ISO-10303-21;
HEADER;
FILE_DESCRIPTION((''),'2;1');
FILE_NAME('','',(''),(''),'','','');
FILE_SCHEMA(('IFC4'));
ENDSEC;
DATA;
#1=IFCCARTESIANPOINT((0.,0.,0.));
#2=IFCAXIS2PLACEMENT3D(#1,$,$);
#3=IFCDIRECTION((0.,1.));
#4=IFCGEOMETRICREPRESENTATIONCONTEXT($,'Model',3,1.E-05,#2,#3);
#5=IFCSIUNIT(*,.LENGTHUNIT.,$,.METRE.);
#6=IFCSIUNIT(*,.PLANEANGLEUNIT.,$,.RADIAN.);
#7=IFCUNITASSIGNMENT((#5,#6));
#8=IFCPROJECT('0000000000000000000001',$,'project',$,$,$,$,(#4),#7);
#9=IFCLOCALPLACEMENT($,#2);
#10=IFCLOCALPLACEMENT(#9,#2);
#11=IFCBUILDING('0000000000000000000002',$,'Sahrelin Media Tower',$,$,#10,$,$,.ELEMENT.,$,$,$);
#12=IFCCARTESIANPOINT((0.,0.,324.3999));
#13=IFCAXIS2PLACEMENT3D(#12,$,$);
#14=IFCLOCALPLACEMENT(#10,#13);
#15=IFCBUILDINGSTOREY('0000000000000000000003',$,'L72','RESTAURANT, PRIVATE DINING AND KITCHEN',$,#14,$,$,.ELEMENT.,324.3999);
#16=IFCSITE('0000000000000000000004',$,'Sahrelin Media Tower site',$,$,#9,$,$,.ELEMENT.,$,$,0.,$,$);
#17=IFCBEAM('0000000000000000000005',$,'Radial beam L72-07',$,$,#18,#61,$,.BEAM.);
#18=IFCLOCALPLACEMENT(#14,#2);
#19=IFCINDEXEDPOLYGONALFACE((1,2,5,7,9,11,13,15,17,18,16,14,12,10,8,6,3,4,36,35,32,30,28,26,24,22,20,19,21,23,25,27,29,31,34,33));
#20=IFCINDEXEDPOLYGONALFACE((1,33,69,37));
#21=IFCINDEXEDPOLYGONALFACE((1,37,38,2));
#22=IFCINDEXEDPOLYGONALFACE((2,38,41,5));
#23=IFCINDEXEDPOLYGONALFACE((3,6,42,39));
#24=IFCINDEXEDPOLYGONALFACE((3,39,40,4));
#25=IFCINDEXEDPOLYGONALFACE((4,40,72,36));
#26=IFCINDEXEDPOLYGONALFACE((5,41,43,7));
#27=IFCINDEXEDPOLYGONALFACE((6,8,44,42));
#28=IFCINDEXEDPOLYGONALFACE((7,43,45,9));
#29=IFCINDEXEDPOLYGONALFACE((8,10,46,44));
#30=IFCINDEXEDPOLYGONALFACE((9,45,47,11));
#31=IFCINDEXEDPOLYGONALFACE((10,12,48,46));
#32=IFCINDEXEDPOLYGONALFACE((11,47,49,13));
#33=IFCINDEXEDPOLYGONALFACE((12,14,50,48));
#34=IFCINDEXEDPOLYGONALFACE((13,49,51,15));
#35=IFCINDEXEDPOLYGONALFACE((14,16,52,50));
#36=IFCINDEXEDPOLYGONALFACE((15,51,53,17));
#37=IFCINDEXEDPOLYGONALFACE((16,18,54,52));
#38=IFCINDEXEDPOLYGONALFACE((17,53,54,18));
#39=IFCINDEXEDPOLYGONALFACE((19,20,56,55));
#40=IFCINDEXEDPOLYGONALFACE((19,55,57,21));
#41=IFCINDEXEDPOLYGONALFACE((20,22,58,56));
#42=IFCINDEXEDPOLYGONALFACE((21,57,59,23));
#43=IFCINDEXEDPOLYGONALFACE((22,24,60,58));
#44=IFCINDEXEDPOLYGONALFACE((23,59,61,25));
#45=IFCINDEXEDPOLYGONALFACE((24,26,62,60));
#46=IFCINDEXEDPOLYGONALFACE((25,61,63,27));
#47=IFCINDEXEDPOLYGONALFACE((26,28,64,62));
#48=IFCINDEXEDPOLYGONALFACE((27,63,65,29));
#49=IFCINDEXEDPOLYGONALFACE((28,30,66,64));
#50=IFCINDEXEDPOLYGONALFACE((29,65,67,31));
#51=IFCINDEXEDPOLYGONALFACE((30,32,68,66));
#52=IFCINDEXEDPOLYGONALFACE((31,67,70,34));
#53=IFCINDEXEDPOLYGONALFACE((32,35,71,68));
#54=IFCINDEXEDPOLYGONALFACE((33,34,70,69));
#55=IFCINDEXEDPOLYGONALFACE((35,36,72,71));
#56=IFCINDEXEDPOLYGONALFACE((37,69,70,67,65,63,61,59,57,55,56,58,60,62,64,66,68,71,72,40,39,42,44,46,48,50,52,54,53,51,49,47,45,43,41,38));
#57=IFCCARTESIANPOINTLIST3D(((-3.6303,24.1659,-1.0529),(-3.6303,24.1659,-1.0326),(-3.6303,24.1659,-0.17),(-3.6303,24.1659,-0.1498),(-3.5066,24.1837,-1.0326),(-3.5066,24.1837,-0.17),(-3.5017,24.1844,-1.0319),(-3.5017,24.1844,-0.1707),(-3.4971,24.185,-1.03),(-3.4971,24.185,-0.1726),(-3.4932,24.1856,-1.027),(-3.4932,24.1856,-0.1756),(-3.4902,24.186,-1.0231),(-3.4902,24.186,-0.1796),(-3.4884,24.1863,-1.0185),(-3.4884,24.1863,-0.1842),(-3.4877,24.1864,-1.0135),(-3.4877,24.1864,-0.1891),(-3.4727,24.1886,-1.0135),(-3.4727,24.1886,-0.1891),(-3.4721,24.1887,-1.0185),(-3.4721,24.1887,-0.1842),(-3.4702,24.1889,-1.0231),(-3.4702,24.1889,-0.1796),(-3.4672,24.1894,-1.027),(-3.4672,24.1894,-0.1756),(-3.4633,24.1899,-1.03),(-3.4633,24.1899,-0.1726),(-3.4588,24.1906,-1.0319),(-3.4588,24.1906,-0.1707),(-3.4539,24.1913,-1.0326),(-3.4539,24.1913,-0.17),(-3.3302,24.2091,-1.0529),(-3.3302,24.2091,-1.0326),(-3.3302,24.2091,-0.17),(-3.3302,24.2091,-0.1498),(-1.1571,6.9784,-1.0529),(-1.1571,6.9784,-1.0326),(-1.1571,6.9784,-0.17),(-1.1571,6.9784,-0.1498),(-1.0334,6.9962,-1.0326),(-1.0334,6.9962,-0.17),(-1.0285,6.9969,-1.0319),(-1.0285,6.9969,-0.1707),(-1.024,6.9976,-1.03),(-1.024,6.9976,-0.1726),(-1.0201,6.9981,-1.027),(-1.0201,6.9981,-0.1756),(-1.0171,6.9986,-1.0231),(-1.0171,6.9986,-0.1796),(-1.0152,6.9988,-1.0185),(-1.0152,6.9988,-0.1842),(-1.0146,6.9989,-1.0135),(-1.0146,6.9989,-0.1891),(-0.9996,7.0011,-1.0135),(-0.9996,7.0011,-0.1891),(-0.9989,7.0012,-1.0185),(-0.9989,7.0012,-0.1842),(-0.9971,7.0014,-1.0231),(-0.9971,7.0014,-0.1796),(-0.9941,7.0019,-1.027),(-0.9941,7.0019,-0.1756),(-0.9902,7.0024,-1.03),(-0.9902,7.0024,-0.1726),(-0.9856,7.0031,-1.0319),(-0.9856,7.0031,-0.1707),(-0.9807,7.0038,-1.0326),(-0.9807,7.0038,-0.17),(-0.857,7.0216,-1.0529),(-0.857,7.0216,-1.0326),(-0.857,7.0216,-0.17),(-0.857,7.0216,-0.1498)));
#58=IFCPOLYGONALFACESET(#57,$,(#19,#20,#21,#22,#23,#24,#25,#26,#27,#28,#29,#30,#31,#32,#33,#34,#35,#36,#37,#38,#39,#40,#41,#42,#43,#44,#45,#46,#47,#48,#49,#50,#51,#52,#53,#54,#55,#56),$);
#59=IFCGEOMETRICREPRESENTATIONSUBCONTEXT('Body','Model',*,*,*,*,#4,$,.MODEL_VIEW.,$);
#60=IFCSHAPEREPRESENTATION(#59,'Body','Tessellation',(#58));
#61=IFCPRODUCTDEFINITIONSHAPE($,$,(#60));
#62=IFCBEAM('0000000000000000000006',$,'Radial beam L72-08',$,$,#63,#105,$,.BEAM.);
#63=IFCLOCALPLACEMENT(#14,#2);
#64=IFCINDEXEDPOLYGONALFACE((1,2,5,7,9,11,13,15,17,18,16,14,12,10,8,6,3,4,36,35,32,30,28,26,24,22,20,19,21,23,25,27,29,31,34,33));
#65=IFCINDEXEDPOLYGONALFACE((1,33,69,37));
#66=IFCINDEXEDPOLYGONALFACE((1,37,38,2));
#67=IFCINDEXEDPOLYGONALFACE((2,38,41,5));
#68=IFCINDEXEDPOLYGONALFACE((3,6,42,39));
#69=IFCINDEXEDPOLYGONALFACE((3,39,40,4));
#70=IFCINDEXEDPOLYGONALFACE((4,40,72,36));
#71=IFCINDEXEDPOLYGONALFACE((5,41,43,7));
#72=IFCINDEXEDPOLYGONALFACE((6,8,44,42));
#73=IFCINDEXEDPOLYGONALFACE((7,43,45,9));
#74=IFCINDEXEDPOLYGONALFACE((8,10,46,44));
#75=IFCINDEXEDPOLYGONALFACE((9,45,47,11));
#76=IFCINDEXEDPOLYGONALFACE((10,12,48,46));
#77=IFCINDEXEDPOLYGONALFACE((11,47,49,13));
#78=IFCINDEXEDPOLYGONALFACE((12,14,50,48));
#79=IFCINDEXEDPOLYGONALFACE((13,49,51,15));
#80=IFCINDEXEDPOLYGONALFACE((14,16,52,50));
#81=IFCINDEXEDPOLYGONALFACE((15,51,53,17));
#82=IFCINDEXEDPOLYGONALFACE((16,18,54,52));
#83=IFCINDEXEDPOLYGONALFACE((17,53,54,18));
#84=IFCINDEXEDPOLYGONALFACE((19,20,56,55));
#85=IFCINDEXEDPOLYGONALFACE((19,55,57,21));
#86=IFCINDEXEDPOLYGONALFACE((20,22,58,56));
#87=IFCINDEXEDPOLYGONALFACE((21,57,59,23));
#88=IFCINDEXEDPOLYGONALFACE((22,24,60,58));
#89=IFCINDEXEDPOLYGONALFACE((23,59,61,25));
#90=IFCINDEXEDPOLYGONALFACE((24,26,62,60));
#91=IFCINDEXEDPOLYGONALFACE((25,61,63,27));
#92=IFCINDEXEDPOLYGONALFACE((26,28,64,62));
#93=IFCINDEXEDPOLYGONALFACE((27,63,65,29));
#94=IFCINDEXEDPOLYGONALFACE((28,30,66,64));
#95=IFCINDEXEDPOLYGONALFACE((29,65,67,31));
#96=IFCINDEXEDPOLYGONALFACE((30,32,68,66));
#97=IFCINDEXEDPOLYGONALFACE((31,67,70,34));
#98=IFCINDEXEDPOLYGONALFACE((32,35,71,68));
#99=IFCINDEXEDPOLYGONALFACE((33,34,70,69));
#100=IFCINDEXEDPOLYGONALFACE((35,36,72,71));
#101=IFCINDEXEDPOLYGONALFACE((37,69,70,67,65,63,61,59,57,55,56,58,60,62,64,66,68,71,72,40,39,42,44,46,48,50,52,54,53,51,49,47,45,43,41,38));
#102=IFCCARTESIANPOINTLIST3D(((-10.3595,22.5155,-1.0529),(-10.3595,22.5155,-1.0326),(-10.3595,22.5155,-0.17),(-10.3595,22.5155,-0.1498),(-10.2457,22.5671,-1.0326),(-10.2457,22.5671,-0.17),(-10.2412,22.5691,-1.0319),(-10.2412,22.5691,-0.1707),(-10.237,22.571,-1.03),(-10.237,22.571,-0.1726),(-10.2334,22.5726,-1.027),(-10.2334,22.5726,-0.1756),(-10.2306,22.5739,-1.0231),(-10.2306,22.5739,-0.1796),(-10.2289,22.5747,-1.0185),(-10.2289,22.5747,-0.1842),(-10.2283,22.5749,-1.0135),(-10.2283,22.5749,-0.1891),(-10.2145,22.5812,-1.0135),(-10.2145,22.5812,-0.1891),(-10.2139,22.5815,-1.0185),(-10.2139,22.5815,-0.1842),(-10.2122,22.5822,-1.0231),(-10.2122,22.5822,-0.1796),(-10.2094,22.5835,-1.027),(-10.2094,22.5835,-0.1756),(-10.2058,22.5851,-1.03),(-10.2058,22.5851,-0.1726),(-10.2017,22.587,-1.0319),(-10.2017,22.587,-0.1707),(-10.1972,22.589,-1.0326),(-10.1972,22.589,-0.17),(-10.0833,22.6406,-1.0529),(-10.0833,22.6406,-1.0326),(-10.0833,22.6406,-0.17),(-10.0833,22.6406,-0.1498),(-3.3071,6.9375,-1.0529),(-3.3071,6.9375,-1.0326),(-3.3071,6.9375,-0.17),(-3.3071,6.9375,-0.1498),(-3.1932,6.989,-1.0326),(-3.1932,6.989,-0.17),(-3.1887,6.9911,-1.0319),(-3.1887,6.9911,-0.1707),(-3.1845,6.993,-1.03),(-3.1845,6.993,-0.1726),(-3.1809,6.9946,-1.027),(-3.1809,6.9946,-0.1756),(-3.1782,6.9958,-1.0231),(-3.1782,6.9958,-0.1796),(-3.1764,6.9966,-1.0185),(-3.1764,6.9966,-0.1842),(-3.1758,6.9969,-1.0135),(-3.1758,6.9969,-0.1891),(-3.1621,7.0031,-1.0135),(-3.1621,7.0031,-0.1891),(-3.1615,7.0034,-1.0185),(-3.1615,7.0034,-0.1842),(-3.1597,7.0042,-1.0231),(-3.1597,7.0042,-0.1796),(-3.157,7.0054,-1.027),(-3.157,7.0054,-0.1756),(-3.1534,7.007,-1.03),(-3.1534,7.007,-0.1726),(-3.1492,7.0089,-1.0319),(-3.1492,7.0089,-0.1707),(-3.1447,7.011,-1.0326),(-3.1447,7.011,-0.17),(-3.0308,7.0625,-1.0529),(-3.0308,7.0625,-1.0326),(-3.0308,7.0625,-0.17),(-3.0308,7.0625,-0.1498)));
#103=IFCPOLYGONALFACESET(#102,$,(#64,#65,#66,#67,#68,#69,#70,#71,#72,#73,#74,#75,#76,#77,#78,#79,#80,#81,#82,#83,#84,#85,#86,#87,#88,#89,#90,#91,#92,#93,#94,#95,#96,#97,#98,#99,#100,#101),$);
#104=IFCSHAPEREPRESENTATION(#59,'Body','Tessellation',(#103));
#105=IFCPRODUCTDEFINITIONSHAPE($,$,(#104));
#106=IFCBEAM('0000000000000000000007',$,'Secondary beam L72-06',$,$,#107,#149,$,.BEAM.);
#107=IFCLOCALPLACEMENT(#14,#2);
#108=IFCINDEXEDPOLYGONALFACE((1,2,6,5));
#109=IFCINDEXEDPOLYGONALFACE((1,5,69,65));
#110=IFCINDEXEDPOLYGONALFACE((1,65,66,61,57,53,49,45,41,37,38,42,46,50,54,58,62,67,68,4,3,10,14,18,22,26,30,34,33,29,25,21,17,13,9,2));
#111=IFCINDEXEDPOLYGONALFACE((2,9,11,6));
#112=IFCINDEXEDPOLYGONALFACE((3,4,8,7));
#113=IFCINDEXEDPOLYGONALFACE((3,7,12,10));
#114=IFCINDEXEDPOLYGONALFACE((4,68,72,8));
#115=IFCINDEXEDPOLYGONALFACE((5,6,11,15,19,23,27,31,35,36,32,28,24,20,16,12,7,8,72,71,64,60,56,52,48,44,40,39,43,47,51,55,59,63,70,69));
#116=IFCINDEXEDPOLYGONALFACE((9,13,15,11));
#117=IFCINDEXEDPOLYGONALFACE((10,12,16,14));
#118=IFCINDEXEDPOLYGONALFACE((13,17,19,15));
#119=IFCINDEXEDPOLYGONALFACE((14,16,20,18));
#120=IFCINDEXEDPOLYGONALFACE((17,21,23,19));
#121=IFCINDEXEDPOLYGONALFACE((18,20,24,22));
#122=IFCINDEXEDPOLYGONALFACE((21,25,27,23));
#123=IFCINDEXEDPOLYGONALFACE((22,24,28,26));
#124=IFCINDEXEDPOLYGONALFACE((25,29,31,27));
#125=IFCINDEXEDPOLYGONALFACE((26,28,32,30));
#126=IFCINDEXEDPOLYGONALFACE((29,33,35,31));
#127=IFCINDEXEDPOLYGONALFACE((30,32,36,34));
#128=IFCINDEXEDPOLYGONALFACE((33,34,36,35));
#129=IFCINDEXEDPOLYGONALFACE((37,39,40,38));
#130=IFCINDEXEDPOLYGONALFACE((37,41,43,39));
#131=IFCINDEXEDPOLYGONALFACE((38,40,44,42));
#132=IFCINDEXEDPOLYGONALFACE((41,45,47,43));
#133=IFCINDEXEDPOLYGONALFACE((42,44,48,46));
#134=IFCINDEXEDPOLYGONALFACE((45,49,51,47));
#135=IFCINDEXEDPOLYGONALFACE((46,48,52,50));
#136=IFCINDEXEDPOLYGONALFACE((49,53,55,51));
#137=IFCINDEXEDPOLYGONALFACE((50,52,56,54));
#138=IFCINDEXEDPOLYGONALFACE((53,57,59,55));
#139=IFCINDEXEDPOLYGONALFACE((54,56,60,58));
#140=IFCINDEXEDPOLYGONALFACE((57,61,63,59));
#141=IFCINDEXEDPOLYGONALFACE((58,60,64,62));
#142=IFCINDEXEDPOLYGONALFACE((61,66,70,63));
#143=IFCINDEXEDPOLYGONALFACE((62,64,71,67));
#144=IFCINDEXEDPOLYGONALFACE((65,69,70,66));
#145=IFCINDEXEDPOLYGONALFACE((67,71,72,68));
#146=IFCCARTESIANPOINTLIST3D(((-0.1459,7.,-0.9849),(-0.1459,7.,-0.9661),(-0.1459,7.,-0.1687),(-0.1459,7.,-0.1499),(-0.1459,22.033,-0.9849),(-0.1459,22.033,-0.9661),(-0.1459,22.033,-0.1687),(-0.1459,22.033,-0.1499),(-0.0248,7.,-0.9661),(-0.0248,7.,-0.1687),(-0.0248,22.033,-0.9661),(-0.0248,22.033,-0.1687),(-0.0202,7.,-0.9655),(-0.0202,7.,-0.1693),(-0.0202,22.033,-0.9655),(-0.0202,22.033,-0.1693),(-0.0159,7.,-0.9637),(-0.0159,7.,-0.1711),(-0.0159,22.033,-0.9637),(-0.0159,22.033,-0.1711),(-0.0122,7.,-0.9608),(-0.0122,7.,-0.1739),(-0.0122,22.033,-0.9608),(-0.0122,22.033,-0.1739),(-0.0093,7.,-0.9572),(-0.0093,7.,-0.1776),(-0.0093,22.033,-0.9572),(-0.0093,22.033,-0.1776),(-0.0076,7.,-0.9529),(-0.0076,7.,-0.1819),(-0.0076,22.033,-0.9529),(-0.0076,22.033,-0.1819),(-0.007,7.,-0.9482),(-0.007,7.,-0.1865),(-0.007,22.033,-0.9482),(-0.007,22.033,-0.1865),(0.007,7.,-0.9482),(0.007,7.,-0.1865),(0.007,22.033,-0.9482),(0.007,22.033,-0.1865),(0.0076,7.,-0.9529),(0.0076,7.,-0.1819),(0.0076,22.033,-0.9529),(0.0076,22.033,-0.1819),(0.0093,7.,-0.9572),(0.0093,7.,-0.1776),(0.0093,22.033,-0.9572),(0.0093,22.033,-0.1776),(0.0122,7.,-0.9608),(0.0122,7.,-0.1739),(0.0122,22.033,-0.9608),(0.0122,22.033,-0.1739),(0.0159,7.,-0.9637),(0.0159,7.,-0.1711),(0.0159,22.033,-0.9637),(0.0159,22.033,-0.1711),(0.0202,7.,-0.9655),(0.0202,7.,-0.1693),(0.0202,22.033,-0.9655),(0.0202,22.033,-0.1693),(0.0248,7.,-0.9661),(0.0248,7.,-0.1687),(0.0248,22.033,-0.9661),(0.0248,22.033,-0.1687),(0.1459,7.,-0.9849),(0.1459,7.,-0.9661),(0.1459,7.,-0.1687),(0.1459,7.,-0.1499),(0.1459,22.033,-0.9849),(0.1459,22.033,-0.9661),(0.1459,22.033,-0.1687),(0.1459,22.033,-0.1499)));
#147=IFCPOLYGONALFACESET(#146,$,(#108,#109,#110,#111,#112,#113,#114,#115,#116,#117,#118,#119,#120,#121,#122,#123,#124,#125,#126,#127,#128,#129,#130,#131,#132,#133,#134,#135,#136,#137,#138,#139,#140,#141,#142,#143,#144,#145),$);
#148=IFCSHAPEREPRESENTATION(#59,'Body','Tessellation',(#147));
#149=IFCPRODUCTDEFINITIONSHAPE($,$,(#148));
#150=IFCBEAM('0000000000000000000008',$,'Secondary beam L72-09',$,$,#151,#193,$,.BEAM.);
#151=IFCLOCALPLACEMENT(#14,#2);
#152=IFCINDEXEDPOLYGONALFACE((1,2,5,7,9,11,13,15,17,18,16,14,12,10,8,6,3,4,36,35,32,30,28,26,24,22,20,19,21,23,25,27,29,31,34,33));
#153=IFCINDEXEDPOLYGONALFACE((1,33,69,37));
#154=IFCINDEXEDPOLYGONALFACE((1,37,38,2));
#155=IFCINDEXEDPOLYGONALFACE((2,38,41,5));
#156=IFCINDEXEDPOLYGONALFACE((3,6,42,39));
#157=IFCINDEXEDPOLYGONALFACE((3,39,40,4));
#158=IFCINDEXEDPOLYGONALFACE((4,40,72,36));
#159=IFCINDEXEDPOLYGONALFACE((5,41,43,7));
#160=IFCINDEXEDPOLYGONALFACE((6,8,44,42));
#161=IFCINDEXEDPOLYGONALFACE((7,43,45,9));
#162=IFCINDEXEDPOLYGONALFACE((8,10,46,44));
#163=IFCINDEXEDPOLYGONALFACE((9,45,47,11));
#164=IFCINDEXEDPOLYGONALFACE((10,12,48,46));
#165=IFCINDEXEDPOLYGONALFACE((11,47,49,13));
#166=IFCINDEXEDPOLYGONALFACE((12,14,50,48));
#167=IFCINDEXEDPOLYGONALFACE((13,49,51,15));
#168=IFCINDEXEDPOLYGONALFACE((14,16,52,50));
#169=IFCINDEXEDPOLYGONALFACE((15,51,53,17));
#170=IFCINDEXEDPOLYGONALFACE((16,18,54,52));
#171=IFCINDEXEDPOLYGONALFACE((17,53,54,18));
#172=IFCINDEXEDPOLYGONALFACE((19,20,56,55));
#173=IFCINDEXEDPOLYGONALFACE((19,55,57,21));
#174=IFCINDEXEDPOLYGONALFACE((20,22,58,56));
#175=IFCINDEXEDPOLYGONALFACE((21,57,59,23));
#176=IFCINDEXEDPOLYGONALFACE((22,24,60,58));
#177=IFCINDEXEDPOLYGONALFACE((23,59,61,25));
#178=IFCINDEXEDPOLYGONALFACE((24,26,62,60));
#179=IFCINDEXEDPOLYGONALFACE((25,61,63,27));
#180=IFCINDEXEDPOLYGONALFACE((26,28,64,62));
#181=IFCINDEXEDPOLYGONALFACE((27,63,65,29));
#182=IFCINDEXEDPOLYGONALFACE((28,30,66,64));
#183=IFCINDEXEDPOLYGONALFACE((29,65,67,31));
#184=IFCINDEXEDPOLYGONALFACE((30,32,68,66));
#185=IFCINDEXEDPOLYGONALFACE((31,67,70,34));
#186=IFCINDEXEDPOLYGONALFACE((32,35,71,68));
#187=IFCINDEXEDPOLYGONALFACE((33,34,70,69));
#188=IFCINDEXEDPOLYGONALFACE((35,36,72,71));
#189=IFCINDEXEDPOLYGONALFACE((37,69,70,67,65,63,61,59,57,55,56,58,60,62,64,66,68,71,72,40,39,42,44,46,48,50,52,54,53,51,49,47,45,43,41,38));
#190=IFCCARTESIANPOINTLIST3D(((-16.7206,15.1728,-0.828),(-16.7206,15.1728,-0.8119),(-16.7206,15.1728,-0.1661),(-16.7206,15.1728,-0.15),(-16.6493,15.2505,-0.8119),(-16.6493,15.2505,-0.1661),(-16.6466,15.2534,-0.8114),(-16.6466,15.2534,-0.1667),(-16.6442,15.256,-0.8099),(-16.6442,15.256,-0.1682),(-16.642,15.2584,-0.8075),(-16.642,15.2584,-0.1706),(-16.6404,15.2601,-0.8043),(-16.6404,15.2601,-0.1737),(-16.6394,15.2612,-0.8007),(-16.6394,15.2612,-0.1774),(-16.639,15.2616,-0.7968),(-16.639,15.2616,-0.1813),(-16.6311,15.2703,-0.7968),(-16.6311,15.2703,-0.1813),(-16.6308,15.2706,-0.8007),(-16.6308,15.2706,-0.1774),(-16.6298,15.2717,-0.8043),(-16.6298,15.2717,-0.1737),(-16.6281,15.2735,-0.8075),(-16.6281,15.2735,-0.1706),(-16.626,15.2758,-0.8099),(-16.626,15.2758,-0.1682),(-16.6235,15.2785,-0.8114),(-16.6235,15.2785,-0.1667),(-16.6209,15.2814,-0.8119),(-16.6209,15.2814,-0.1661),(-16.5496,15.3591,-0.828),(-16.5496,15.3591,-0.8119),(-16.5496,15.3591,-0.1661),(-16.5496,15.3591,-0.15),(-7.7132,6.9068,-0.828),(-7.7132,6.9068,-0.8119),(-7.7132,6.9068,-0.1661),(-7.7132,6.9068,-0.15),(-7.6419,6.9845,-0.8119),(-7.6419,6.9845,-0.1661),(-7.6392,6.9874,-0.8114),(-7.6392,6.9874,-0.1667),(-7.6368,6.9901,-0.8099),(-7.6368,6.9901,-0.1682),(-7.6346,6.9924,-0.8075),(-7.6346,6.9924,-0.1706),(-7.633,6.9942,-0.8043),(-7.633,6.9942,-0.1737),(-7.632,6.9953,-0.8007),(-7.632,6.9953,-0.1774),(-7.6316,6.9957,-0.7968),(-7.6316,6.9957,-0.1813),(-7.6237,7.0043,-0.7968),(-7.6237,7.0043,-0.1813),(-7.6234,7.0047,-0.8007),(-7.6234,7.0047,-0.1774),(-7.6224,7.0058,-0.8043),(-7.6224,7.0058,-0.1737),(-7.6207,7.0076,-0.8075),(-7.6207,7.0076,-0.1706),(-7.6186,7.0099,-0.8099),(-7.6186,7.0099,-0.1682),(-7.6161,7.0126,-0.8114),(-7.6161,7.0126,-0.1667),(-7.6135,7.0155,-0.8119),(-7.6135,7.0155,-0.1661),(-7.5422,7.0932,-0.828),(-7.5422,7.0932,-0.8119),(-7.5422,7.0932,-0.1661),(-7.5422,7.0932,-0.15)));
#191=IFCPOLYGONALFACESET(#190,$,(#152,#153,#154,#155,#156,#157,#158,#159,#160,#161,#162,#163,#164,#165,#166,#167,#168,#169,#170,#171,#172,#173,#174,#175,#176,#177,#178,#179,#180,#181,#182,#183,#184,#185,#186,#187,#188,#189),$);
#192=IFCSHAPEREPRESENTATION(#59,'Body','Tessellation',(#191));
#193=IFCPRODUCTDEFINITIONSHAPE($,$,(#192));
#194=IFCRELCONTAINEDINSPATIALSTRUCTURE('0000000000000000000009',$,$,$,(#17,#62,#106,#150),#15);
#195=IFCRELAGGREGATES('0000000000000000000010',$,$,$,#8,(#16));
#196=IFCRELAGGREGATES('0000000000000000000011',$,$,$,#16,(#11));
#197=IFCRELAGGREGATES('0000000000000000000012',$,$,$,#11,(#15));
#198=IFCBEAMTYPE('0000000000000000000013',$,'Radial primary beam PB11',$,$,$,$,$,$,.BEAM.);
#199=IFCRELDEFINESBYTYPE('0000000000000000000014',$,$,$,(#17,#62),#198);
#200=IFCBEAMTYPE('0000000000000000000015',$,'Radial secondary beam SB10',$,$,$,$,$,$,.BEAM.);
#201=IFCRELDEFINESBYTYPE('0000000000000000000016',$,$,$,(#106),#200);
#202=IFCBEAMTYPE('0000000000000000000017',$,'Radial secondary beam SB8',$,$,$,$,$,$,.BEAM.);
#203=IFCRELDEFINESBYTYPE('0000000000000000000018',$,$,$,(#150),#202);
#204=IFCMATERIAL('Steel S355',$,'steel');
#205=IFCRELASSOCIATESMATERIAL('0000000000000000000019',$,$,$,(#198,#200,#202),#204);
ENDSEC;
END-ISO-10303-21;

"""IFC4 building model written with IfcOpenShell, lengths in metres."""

from ifc_helpers import new_model, si_unit, direction, frame, origin, origin_2d, place, context, subcontext, project, spatial, i_section, extrude, material, material_profile, profile_set, type_object, element, save


model = new_model("IFC4")

# Units and contexts
model_context = context("Model", 3, precision=1e-05, world=origin(), true_north=direction((0.0, 1.0)))
body_context = subcontext(model_context, "Body", "Model", "MODEL_VIEW")
ifc_project = project(units=[si_unit("LENGTHUNIT", "METRE"), si_unit("PLANEANGLEUNIT", "RADIAN")], contexts=[model_context])

# Site, building, storey
site_placement = place(None, origin())
site = spatial("IfcSite", under=ifc_project, at=site_placement, Name="Sahrelin Media Tower site", CompositionType="ELEMENT", RefElevation=0.0)
building_placement = place(site_placement, origin())
building = spatial("IfcBuilding", under=site, at=building_placement, Name="Sahrelin Media Tower", CompositionType="ELEMENT")
storey_placement = place(building_placement, frame((0.0, 0.0, 324.3999)))
storey = spatial("IfcBuildingStorey", under=building, at=storey_placement, Name="L72", Description="RESTAURANT, PRIVATE DINING AND KITCHEN", CompositionType="ELEMENT", Elevation=324.3999)

# Shared definitions
ifc_material_1 = material(Name="Steel S355", Category="steel")

# Beams
ifc_material_profile_1 = material_profile(ifc_material_1, i_section(OverallWidth=0.3032, OverallDepth=0.9031, WebThickness=0.0151, FlangeThickness=0.0203, FilletRadius=0.019, at=origin_2d()), Name="UB 914x305x201")
ifc_profile_set_1 = profile_set([ifc_material_profile_1], Name="Steel S355")
beam_type_1 = type_object("IfcBeamType", Name="Radial primary beam PB11", PredefinedType="BEAM", material=ifc_profile_set_1)
beam_1_placement = place(storey_placement, frame((-1.0071, 7.0, -0.6013), z_axis=(-0.142425, 0.989806, 0.0), x_axis=(-0.989806, -0.142425, 0.0)))
element("IfcBeam", 1, at=beam_1_placement, inside=storey, type_object=beam_type_1, Name="Radial beam L72-07", PredefinedType="BEAM", context=body_context, shape_type="SweptSolid", body=[
    extrude(i_section(OverallWidth=0.3032, OverallDepth=0.9031, WebThickness=0.0151, FlangeThickness=0.0203, FilletRadius=0.019, at=origin_2d()), origin(), (0.0, 0.0, 1.0), 17.3645),
])
beam_2_placement = place(storey_placement, frame((-3.1689, 7.0, -0.6013), z_axis=(-0.412422, 0.910993, 0.0), x_axis=(-0.910993, -0.412422, 0.0)))
element("IfcBeam", 2, at=beam_2_placement, inside=storey, type_object=beam_type_1, Name="Radial beam L72-08", PredefinedType="BEAM", context=body_context, shape_type="SweptSolid", body=[
    extrude(i_section(OverallWidth=0.3032, OverallDepth=0.9031, WebThickness=0.0151, FlangeThickness=0.0203, FilletRadius=0.019, at=origin_2d()), origin(), (0.0, 0.0, 1.0), 17.1001),
])
ifc_material_profile_2 = material_profile(ifc_material_1, i_section(OverallWidth=0.2917, OverallDepth=0.835, WebThickness=0.0139, FlangeThickness=0.0188, FilletRadius=0.0178, at=origin_2d()), Name="UB 838x292x176")
ifc_profile_set_2 = profile_set([ifc_material_profile_2], Name="Steel S355")
beam_type_2 = type_object("IfcBeamType", Name="Radial secondary beam SB10", PredefinedType="BEAM", material=ifc_profile_set_2)
beam_3_placement = place(storey_placement, frame((0.0, 7.0, -0.5674), z_axis=(0.0, 1.0, 0.0), x_axis=(-1.0, 0.0, 0.0)))
element("IfcBeam", 3, at=beam_3_placement, inside=storey, type_object=beam_type_2, Name="Secondary beam L72-06", PredefinedType="BEAM", context=body_context, shape_type="SweptSolid", body=[
    extrude(i_section(OverallWidth=0.2917, OverallDepth=0.835, WebThickness=0.0139, FlangeThickness=0.0188, FilletRadius=0.0178, at=origin_2d()), origin(), (0.0, 0.0, 1.0), 15.033),
])
ifc_material_profile_3 = material_profile(ifc_material_1, i_section(OverallWidth=0.2529, OverallDepth=0.678, WebThickness=0.0117, FlangeThickness=0.0161, FilletRadius=0.0151, at=origin_2d()), Name="UB 686x254x125")
ifc_profile_set_3 = profile_set([ifc_material_profile_3], Name="Steel S355")
beam_type_3 = type_object("IfcBeamType", Name="Radial secondary beam SB8", PredefinedType="BEAM", material=ifc_profile_set_3)
beam_4_placement = place(storey_placement, frame((-7.6277, 7.0, -0.489), z_axis=(-0.736781, 0.676131, 0.0), x_axis=(-0.676131, -0.736781, 0.0)))
element("IfcBeam", 4, at=beam_4_placement, inside=storey, type_object=beam_type_3, Name="Secondary beam L72-09", PredefinedType="BEAM", context=body_context, shape_type="SweptSolid", body=[
    extrude(i_section(OverallWidth=0.2529, OverallDepth=0.678, WebThickness=0.0117, FlangeThickness=0.0161, FilletRadius=0.0151, at=origin_2d()), origin(), (0.0, 0.0, 1.0), 12.2253),
])

save(model, "model.ifc")
